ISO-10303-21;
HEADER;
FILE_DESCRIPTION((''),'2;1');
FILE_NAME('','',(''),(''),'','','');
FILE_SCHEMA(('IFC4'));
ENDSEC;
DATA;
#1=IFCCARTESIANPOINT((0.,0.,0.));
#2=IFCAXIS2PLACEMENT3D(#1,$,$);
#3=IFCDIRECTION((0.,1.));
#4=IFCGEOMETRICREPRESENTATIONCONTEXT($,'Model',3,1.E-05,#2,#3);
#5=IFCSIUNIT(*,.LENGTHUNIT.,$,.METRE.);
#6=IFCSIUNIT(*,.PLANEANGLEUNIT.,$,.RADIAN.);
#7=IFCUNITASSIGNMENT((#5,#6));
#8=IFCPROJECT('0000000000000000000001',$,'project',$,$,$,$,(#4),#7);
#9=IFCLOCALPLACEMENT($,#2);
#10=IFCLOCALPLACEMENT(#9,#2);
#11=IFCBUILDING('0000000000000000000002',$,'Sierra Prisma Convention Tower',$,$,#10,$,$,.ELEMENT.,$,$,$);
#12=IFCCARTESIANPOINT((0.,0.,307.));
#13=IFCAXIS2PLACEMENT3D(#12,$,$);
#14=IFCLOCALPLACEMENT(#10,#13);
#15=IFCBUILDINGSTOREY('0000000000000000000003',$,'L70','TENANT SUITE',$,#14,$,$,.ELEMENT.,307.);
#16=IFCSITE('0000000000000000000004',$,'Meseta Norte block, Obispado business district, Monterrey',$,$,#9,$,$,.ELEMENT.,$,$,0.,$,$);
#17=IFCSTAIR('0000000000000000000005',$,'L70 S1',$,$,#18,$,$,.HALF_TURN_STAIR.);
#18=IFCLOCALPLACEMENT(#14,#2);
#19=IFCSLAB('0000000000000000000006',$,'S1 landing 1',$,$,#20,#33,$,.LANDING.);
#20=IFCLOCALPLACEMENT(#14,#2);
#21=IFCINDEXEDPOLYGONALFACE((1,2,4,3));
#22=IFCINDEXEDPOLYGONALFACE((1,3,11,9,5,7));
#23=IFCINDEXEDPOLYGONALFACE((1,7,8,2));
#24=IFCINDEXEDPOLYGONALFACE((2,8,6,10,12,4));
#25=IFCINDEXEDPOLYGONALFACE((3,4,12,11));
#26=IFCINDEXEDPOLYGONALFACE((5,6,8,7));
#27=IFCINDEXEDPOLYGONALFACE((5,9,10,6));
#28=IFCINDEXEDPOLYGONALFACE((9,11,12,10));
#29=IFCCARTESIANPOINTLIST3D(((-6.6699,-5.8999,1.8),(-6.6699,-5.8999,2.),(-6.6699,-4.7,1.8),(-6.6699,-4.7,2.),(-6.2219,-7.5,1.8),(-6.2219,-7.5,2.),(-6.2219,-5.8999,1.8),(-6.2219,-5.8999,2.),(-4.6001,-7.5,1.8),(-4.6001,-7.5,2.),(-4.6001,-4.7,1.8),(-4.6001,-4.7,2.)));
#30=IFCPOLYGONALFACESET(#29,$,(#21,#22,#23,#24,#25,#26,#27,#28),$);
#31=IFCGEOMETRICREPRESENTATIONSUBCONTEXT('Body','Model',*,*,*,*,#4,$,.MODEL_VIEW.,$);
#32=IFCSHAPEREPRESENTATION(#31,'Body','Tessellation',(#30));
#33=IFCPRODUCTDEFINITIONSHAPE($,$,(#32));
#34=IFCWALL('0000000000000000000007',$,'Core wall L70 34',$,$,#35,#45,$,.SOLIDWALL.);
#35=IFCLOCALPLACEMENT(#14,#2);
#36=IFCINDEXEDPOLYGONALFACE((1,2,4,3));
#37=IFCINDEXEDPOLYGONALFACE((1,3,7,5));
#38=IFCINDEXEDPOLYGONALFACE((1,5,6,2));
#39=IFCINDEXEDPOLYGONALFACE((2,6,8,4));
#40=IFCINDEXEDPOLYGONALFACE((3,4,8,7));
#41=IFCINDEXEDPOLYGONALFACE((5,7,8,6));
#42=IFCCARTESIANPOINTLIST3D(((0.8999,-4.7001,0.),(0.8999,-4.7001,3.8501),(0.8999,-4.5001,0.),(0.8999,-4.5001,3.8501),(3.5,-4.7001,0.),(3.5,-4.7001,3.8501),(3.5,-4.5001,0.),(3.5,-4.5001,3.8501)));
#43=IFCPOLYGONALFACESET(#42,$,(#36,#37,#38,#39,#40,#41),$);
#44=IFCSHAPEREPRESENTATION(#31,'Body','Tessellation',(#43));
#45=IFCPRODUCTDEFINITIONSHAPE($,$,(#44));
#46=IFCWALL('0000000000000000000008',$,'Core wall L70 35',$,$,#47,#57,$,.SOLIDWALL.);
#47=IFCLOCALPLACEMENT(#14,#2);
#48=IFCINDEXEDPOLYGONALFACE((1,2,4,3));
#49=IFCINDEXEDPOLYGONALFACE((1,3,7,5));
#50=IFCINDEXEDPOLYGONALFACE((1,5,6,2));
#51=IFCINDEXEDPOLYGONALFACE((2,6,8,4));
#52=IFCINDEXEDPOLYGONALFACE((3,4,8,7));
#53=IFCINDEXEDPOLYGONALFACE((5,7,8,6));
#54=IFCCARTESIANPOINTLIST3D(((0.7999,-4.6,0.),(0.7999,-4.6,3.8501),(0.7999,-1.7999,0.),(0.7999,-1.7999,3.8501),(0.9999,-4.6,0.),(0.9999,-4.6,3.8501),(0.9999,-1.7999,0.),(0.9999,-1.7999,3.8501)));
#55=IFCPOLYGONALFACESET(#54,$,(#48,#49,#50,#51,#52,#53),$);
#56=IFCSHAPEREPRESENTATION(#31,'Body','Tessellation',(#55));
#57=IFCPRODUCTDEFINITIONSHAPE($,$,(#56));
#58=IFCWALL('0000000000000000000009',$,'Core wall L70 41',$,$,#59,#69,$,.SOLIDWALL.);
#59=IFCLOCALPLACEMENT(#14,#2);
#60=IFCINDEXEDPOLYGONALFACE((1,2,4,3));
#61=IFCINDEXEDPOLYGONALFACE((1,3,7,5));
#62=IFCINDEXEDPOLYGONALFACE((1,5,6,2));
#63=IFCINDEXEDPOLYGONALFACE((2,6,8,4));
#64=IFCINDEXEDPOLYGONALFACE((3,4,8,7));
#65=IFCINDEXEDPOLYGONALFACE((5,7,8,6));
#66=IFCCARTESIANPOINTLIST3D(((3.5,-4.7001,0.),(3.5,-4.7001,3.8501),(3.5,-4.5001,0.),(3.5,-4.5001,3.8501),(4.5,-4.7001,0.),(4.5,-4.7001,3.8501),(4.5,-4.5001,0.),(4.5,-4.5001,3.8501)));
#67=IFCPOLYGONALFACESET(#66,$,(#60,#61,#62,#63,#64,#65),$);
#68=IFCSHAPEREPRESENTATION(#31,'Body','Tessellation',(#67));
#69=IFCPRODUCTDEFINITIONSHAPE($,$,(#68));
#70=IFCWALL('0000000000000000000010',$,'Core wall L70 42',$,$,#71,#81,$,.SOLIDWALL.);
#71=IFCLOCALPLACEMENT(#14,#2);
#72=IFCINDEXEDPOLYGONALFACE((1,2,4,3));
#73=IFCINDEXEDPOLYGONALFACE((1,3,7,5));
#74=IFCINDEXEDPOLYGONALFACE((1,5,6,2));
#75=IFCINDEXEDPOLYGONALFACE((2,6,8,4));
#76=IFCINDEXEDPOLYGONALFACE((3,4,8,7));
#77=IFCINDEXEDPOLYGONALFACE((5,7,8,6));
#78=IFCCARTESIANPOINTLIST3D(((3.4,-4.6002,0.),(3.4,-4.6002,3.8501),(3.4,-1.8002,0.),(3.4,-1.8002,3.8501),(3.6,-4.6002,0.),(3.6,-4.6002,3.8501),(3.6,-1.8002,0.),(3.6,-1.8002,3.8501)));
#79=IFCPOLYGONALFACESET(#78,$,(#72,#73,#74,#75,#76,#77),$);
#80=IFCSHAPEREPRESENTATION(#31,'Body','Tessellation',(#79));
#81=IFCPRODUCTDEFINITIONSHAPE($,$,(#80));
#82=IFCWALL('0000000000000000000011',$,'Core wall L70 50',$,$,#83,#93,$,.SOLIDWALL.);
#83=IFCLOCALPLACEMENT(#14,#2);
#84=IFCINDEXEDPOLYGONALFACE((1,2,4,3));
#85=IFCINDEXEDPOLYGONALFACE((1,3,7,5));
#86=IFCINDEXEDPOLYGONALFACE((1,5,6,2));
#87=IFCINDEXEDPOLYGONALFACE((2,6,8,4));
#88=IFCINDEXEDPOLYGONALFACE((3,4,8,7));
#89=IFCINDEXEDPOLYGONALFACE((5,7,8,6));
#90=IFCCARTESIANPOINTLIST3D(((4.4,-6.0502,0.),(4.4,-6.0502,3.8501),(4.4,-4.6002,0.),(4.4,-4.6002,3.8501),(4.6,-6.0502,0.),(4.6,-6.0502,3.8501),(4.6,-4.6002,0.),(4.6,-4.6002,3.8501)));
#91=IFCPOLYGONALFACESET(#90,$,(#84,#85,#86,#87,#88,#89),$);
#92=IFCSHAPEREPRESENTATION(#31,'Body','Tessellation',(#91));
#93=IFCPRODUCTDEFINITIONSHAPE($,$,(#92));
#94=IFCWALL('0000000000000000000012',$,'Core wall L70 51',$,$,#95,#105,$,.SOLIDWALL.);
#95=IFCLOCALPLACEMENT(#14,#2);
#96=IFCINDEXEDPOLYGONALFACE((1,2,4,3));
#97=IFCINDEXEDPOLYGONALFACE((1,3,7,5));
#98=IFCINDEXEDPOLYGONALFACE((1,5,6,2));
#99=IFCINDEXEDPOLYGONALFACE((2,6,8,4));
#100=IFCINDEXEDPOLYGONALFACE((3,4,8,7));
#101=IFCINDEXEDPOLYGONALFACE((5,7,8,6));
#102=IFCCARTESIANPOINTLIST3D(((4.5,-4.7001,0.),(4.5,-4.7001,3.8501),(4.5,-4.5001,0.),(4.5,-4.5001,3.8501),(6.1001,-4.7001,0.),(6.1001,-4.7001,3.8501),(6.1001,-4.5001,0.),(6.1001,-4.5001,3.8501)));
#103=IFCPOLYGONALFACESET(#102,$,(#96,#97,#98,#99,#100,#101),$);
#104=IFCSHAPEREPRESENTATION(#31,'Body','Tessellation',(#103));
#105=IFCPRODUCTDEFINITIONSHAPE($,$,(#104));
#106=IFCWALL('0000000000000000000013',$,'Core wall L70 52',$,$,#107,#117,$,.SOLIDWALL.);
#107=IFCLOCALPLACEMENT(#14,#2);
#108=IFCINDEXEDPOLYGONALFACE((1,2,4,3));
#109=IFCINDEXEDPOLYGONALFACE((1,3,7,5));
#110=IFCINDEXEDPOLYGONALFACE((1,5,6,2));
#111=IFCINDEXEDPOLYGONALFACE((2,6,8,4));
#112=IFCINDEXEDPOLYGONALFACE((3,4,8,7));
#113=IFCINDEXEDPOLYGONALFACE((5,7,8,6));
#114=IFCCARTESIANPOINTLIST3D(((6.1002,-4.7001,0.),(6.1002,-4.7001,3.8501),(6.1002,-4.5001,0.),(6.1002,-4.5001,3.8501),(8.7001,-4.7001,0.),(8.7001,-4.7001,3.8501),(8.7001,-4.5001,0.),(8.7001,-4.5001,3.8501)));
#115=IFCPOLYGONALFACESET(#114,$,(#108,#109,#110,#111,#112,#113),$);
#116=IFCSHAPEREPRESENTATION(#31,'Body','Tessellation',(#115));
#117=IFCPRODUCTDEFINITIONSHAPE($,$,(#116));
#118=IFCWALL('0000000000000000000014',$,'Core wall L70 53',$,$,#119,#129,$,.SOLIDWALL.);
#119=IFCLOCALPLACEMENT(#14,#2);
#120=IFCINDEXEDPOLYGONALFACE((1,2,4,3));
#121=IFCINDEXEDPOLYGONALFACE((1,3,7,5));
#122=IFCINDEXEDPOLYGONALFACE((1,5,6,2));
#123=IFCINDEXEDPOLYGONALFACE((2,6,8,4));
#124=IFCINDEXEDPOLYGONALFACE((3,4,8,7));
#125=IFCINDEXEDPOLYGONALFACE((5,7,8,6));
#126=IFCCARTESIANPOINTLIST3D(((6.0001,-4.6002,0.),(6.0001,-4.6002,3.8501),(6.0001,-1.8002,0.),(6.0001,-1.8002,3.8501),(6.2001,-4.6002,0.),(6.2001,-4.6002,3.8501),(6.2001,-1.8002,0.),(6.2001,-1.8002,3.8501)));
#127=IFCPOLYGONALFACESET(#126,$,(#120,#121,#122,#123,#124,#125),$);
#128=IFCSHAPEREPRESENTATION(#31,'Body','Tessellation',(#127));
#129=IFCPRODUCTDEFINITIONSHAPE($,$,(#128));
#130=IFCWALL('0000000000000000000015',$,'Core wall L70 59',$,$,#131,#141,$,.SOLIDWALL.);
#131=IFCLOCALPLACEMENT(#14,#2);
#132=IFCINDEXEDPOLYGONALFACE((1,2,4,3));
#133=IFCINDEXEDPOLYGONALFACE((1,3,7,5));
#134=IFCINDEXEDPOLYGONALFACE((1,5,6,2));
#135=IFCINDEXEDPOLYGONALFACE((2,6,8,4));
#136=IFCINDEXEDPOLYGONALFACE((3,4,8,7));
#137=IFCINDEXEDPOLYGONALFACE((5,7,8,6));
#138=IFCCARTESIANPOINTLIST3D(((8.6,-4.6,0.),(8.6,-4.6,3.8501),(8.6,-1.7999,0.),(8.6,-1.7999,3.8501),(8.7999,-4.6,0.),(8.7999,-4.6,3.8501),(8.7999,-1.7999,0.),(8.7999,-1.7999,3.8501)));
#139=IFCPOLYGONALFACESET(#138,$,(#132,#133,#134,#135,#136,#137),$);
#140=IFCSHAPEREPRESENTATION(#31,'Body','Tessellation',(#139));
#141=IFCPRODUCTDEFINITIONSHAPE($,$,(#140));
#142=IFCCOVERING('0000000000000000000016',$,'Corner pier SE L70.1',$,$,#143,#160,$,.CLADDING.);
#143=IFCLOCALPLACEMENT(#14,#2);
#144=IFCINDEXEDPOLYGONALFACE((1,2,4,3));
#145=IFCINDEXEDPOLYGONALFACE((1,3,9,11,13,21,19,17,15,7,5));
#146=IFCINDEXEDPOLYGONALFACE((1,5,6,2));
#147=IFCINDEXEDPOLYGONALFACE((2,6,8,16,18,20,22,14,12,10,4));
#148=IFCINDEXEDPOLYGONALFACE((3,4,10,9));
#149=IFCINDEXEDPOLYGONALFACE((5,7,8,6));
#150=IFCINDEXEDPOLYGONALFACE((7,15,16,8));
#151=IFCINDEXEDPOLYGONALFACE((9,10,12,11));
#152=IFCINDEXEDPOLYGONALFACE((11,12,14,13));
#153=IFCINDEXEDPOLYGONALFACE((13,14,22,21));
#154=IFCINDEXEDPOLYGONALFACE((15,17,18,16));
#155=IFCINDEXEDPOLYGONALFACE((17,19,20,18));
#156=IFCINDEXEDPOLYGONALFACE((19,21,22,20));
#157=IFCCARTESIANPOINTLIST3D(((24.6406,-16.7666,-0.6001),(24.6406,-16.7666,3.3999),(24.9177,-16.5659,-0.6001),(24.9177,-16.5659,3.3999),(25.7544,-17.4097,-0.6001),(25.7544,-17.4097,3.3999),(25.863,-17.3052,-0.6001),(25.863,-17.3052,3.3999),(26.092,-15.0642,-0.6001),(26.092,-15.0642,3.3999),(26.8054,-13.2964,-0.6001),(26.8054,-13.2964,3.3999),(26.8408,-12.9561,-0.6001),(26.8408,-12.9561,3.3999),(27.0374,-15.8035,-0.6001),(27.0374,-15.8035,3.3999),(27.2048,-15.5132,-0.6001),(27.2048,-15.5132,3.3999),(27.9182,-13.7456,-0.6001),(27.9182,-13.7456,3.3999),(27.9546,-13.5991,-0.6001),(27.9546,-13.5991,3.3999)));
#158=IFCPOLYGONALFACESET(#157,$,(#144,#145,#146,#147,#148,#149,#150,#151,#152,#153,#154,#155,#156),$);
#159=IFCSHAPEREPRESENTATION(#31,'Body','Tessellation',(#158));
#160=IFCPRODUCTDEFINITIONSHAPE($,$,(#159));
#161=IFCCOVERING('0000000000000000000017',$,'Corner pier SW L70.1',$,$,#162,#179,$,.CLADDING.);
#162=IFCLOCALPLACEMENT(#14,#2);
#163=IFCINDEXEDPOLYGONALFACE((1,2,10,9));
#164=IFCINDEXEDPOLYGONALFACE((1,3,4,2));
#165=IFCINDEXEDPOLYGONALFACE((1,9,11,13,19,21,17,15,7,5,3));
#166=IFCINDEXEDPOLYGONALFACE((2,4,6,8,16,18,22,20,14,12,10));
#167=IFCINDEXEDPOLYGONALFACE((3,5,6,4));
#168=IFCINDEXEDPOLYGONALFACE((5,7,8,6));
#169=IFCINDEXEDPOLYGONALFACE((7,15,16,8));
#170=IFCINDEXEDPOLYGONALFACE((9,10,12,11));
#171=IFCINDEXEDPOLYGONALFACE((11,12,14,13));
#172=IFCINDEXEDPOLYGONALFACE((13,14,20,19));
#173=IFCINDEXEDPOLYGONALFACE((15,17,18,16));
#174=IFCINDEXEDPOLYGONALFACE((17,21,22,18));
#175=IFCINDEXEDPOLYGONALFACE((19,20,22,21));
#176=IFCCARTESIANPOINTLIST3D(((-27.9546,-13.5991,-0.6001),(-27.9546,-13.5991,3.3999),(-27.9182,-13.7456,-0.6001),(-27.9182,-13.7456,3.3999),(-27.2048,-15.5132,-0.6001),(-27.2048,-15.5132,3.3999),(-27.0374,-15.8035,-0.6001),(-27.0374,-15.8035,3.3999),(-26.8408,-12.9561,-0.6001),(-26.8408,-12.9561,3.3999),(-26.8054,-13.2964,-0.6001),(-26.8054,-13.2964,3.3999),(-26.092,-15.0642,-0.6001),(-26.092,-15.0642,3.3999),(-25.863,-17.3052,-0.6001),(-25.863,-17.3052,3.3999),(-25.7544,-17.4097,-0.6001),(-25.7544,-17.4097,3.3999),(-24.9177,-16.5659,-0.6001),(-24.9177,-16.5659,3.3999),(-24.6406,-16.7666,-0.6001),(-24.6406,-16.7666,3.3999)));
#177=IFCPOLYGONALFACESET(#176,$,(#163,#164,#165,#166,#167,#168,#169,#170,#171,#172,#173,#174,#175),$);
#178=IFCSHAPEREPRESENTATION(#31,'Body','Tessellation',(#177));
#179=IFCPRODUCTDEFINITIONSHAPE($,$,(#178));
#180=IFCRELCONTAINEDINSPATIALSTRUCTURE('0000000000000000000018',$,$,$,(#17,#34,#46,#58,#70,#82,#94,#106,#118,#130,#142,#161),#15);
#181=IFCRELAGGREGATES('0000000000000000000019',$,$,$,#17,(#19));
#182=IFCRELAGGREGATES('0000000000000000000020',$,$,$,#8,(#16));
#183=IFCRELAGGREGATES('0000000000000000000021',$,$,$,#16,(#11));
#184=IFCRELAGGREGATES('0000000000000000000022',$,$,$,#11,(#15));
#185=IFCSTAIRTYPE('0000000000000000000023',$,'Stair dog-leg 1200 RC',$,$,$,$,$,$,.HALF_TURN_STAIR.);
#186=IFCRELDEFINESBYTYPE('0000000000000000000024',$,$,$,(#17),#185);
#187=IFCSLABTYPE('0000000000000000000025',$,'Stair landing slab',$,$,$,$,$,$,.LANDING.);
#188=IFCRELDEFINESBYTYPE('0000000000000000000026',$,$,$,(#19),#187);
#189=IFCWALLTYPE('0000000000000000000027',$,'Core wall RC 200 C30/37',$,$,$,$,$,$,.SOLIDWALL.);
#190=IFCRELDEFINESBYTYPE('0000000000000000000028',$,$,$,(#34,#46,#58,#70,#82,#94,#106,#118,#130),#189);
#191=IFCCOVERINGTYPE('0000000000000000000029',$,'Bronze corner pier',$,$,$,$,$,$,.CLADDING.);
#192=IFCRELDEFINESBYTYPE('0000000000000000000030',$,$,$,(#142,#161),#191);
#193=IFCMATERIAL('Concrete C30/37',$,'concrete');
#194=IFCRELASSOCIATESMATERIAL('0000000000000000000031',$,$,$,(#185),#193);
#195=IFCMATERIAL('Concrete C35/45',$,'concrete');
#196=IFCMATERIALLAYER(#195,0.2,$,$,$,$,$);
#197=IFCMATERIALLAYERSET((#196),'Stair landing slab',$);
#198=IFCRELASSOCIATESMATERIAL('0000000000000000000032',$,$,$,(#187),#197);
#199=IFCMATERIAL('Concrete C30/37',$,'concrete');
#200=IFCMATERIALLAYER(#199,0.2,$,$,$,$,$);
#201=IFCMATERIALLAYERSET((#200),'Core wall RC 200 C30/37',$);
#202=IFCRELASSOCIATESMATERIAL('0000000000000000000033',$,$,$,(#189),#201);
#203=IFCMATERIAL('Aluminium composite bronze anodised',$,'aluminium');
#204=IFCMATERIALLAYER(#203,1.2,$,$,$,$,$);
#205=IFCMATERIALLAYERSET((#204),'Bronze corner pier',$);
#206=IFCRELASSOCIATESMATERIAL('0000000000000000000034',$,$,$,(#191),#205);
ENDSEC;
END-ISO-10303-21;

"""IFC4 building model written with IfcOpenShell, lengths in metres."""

from ifc_helpers import new_model, si_unit, direction, frame, frame_2d, origin, place, context, subcontext, project, spatial, polyline, rectangle, outline, extrude, material, layer, layer_set, type_object, element, aggregate, save


model = new_model("IFC4")

# Units and contexts
model_context = context("Model", 3, precision=1e-05, world=origin(), true_north=direction((0.0, 1.0)))
body_context = subcontext(model_context, "Body", "Model", "MODEL_VIEW")
ifc_project = project(units=[si_unit("LENGTHUNIT", "METRE"), si_unit("PLANEANGLEUNIT", "RADIAN")], contexts=[model_context])

# Site, building, storey
site_placement = place(None, origin())
site = spatial("IfcSite", under=ifc_project, at=site_placement, Name="Meseta Norte block, Obispado business district, Monterrey", CompositionType="ELEMENT", RefElevation=0.0)
building_placement = place(site_placement, origin())
building = spatial("IfcBuilding", under=site, at=building_placement, Name="Sierra Prisma Convention Tower", CompositionType="ELEMENT")
storey_placement = place(building_placement, frame((0.0, 0.0, 307.0)))
storey = spatial("IfcBuildingStorey", under=building, at=storey_placement, Name="L70", Description="TENANT SUITE", CompositionType="ELEMENT", Elevation=307.0)

# Stair, slab
ifc_material_1 = material(Name="Concrete C30/37", Category="concrete")
stair_type = type_object("IfcStairType", Name="Stair dog-leg 1200 RC", PredefinedType="HALF_TURN_STAIR", material=ifc_material_1)
stair_placement = place(storey_placement, origin())
stair = element("IfcStair", 1, at=stair_placement, inside=storey, type_object=stair_type, Name="L70 S1", PredefinedType="HALF_TURN_STAIR")
ifc_material_2 = material(Name="Concrete C35/45", Category="concrete")
ifc_layer_1 = layer(ifc_material_2, 0.2)
ifc_layer_set_1 = layer_set([ifc_layer_1], Name="Stair landing slab")
slab_type = type_object("IfcSlabType", Name="Stair landing slab", PredefinedType="LANDING", material=ifc_layer_set_1)
slab_placement = place(storey_placement, frame((0.0, 0.0, 1.8)))
slab = element("IfcSlab", 2, at=slab_placement, type_object=slab_type, Name="S1 landing 1", PredefinedType="LANDING", context=body_context, shape_type="SweptSolid", body=[
    extrude(outline(polyline([(-4.6001, -4.7), (-4.6001, -7.5), (-6.2219, -7.5), (-6.2219, -5.8999), (-6.6699, -5.8999), (-6.6699, -4.7), (-4.6001, -4.7)])), origin(), (0.0, 0.0, 1.0), 0.2),
])
aggregate(stair, [slab])

# Shared definitions
ifc_material_3 = material(Name="Concrete C30/37", Category="concrete")
ifc_layer_2 = layer(ifc_material_3, 0.2)
ifc_layer_set_2 = layer_set([ifc_layer_2], Name="Core wall RC 200 C30/37")
wall_type = type_object("IfcWallType", Name="Core wall RC 200 C30/37", PredefinedType="SOLIDWALL", material=ifc_layer_set_2)

# Walls
wall_1_placement = place(storey_placement, frame((3.5, -4.6001, 0.0), z_axis=(0.0, 0.0, 1.0), x_axis=(-1.0, 0.0, 0.0)))
element("IfcWall", 3, at=wall_1_placement, inside=storey, type_object=wall_type, Name="Core wall L70 34", PredefinedType="SOLIDWALL", context=body_context, shape_type="SweptSolid", body=[
    extrude(rectangle(XDim=2.6001, YDim=0.2, at=frame_2d((1.3, 0.0))), origin(), (0.0, 0.0, 1.0), 3.8501),
])
wall_2_placement = place(storey_placement, frame((0.8999, -1.8, 0.0), z_axis=(0.0, 0.0, 1.0), x_axis=(0.0, -1.0, 0.0)))
element("IfcWall", 4, at=wall_2_placement, inside=storey, type_object=wall_type, Name="Core wall L70 35", PredefinedType="SOLIDWALL", context=body_context, shape_type="SweptSolid", body=[
    extrude(rectangle(XDim=2.8, YDim=0.2, at=frame_2d((1.3999, 0.0))), origin(), (0.0, 0.0, 1.0), 3.8501),
])

# Walls
wall_3_placement = place(storey_placement, frame((4.5, -4.6001, 0.0), z_axis=(0.0, 0.0, 1.0), x_axis=(-1.0, 0.0, 0.0)))
element("IfcWall", 5, at=wall_3_placement, inside=storey, type_object=wall_type, Name="Core wall L70 41", PredefinedType="SOLIDWALL", context=body_context, shape_type="SweptSolid", body=[
    extrude(rectangle(XDim=1.0, YDim=0.2, at=frame_2d((0.5, 0.0))), origin(), (0.0, 0.0, 1.0), 3.8501),
])
wall_4_placement = place(storey_placement, frame((3.5, -4.6001, 0.0), z_axis=(0.0, 0.0, 1.0), x_axis=(0.0, 1.0, 0.0)))
element("IfcWall", 6, at=wall_4_placement, inside=storey, type_object=wall_type, Name="Core wall L70 42", PredefinedType="SOLIDWALL", context=body_context, shape_type="SweptSolid", body=[
    extrude(rectangle(XDim=2.8, YDim=0.2, at=frame_2d((1.3999, 0.0))), origin(), (0.0, 0.0, 1.0), 3.8501),
])

# Walls
wall_5_placement = place(storey_placement, frame((4.5, -4.6001, 0.0), z_axis=(0.0, 0.0, 1.0), x_axis=(0.0, -1.0, 0.0)))
element("IfcWall", 7, at=wall_5_placement, inside=storey, type_object=wall_type, Name="Core wall L70 50", PredefinedType="SOLIDWALL", context=body_context, shape_type="SweptSolid", body=[
    extrude(rectangle(XDim=1.45, YDim=0.2, at=frame_2d((0.7251, 0.0))), origin(), (0.0, 0.0, 1.0), 3.8501),
])
wall_6_placement = place(storey_placement, frame((6.1001, -4.6001, 0.0), z_axis=(0.0, 0.0, 1.0), x_axis=(-1.0, 0.0, 0.0)))
element("IfcWall", 8, at=wall_6_placement, inside=storey, type_object=wall_type, Name="Core wall L70 51", PredefinedType="SOLIDWALL", context=body_context, shape_type="SweptSolid", body=[
    extrude(rectangle(XDim=1.6001, YDim=0.2, at=frame_2d((0.8, 0.0))), origin(), (0.0, 0.0, 1.0), 3.8501),
])
wall_7_placement = place(storey_placement, frame((8.7, -4.6001, 0.0), z_axis=(0.0, 0.0, 1.0), x_axis=(-1.0, 0.0, 0.0)))
element("IfcWall", 9, at=wall_7_placement, inside=storey, type_object=wall_type, Name="Core wall L70 52", PredefinedType="SOLIDWALL", context=body_context, shape_type="SweptSolid", body=[
    extrude(rectangle(XDim=2.5999, YDim=0.2, at=frame_2d((1.2998, 0.0))), origin(), (0.0, 0.0, 1.0), 3.8501),
])
wall_8_placement = place(storey_placement, frame((6.1001, -4.6001, 0.0), z_axis=(0.0, 0.0, 1.0), x_axis=(0.0, 1.0, 0.0)))
element("IfcWall", 10, at=wall_8_placement, inside=storey, type_object=wall_type, Name="Core wall L70 53", PredefinedType="SOLIDWALL", context=body_context, shape_type="SweptSolid", body=[
    extrude(rectangle(XDim=2.8, YDim=0.2, at=frame_2d((1.3999, 0.0))), origin(), (0.0, 0.0, 1.0), 3.8501),
])

# Wall
wall_9_placement = place(storey_placement, frame((8.7, -1.8, 0.0), z_axis=(0.0, 0.0, 1.0), x_axis=(0.0, -1.0, 0.0)))
element("IfcWall", 11, at=wall_9_placement, inside=storey, type_object=wall_type, Name="Core wall L70 59", PredefinedType="SOLIDWALL", context=body_context, shape_type="SweptSolid", body=[
    extrude(rectangle(XDim=2.8, YDim=0.2, at=frame_2d((1.3999, 0.0))), origin(), (0.0, 0.0, 1.0), 3.8501),
])

# Coverings
ifc_material_4 = material(Name="Aluminium composite bronze anodised", Category="aluminium")
ifc_layer_3 = layer(ifc_material_4, 1.2)
ifc_layer_set_3 = layer_set([ifc_layer_3], Name="Bronze corner pier")
covering_type_1 = type_object("IfcCoveringType", Name="Bronze corner pier", PredefinedType="CLADDING", material=ifc_layer_set_3)
covering_1_placement = place(storey_placement, frame((0.0, 0.0, -0.6001)))
element("IfcCovering", 12, at=covering_1_placement, inside=storey, type_object=covering_type_1, Name="Corner pier SE L70.1", PredefinedType="CLADDING", context=body_context, shape_type="SweptSolid", body=[
    extrude(outline(polyline([(26.8408, -12.9561), (27.9546, -13.5991), (27.9182, -13.7456), (27.2048, -15.5132), (27.0374, -15.8035), (25.863, -17.3052), (25.7544, -17.4097), (24.6406, -16.7666), (24.9177, -16.5659), (26.092, -15.0642), (26.8054, -13.2964), (26.8408, -12.9561)])), origin(), (0.0, 0.0, 1.0), 4.0),
])
covering_2_placement = place(storey_placement, frame((0.0, 0.0, -0.6001)))
element("IfcCovering", 13, at=covering_2_placement, inside=storey, type_object=covering_type_1, Name="Corner pier SW L70.1", PredefinedType="CLADDING", context=body_context, shape_type="SweptSolid", body=[
    extrude(outline(polyline([(-24.6406, -16.7666), (-25.7544, -17.4097), (-25.863, -17.3052), (-27.0374, -15.8035), (-27.2048, -15.5132), (-27.9182, -13.7456), (-27.9546, -13.5991), (-26.8408, -12.9561), (-26.8054, -13.2964), (-26.092, -15.0642), (-24.9177, -16.5659), (-24.6406, -16.7666)])), origin(), (0.0, 0.0, 1.0), 4.0),
])

save(model, "model.ifc")
